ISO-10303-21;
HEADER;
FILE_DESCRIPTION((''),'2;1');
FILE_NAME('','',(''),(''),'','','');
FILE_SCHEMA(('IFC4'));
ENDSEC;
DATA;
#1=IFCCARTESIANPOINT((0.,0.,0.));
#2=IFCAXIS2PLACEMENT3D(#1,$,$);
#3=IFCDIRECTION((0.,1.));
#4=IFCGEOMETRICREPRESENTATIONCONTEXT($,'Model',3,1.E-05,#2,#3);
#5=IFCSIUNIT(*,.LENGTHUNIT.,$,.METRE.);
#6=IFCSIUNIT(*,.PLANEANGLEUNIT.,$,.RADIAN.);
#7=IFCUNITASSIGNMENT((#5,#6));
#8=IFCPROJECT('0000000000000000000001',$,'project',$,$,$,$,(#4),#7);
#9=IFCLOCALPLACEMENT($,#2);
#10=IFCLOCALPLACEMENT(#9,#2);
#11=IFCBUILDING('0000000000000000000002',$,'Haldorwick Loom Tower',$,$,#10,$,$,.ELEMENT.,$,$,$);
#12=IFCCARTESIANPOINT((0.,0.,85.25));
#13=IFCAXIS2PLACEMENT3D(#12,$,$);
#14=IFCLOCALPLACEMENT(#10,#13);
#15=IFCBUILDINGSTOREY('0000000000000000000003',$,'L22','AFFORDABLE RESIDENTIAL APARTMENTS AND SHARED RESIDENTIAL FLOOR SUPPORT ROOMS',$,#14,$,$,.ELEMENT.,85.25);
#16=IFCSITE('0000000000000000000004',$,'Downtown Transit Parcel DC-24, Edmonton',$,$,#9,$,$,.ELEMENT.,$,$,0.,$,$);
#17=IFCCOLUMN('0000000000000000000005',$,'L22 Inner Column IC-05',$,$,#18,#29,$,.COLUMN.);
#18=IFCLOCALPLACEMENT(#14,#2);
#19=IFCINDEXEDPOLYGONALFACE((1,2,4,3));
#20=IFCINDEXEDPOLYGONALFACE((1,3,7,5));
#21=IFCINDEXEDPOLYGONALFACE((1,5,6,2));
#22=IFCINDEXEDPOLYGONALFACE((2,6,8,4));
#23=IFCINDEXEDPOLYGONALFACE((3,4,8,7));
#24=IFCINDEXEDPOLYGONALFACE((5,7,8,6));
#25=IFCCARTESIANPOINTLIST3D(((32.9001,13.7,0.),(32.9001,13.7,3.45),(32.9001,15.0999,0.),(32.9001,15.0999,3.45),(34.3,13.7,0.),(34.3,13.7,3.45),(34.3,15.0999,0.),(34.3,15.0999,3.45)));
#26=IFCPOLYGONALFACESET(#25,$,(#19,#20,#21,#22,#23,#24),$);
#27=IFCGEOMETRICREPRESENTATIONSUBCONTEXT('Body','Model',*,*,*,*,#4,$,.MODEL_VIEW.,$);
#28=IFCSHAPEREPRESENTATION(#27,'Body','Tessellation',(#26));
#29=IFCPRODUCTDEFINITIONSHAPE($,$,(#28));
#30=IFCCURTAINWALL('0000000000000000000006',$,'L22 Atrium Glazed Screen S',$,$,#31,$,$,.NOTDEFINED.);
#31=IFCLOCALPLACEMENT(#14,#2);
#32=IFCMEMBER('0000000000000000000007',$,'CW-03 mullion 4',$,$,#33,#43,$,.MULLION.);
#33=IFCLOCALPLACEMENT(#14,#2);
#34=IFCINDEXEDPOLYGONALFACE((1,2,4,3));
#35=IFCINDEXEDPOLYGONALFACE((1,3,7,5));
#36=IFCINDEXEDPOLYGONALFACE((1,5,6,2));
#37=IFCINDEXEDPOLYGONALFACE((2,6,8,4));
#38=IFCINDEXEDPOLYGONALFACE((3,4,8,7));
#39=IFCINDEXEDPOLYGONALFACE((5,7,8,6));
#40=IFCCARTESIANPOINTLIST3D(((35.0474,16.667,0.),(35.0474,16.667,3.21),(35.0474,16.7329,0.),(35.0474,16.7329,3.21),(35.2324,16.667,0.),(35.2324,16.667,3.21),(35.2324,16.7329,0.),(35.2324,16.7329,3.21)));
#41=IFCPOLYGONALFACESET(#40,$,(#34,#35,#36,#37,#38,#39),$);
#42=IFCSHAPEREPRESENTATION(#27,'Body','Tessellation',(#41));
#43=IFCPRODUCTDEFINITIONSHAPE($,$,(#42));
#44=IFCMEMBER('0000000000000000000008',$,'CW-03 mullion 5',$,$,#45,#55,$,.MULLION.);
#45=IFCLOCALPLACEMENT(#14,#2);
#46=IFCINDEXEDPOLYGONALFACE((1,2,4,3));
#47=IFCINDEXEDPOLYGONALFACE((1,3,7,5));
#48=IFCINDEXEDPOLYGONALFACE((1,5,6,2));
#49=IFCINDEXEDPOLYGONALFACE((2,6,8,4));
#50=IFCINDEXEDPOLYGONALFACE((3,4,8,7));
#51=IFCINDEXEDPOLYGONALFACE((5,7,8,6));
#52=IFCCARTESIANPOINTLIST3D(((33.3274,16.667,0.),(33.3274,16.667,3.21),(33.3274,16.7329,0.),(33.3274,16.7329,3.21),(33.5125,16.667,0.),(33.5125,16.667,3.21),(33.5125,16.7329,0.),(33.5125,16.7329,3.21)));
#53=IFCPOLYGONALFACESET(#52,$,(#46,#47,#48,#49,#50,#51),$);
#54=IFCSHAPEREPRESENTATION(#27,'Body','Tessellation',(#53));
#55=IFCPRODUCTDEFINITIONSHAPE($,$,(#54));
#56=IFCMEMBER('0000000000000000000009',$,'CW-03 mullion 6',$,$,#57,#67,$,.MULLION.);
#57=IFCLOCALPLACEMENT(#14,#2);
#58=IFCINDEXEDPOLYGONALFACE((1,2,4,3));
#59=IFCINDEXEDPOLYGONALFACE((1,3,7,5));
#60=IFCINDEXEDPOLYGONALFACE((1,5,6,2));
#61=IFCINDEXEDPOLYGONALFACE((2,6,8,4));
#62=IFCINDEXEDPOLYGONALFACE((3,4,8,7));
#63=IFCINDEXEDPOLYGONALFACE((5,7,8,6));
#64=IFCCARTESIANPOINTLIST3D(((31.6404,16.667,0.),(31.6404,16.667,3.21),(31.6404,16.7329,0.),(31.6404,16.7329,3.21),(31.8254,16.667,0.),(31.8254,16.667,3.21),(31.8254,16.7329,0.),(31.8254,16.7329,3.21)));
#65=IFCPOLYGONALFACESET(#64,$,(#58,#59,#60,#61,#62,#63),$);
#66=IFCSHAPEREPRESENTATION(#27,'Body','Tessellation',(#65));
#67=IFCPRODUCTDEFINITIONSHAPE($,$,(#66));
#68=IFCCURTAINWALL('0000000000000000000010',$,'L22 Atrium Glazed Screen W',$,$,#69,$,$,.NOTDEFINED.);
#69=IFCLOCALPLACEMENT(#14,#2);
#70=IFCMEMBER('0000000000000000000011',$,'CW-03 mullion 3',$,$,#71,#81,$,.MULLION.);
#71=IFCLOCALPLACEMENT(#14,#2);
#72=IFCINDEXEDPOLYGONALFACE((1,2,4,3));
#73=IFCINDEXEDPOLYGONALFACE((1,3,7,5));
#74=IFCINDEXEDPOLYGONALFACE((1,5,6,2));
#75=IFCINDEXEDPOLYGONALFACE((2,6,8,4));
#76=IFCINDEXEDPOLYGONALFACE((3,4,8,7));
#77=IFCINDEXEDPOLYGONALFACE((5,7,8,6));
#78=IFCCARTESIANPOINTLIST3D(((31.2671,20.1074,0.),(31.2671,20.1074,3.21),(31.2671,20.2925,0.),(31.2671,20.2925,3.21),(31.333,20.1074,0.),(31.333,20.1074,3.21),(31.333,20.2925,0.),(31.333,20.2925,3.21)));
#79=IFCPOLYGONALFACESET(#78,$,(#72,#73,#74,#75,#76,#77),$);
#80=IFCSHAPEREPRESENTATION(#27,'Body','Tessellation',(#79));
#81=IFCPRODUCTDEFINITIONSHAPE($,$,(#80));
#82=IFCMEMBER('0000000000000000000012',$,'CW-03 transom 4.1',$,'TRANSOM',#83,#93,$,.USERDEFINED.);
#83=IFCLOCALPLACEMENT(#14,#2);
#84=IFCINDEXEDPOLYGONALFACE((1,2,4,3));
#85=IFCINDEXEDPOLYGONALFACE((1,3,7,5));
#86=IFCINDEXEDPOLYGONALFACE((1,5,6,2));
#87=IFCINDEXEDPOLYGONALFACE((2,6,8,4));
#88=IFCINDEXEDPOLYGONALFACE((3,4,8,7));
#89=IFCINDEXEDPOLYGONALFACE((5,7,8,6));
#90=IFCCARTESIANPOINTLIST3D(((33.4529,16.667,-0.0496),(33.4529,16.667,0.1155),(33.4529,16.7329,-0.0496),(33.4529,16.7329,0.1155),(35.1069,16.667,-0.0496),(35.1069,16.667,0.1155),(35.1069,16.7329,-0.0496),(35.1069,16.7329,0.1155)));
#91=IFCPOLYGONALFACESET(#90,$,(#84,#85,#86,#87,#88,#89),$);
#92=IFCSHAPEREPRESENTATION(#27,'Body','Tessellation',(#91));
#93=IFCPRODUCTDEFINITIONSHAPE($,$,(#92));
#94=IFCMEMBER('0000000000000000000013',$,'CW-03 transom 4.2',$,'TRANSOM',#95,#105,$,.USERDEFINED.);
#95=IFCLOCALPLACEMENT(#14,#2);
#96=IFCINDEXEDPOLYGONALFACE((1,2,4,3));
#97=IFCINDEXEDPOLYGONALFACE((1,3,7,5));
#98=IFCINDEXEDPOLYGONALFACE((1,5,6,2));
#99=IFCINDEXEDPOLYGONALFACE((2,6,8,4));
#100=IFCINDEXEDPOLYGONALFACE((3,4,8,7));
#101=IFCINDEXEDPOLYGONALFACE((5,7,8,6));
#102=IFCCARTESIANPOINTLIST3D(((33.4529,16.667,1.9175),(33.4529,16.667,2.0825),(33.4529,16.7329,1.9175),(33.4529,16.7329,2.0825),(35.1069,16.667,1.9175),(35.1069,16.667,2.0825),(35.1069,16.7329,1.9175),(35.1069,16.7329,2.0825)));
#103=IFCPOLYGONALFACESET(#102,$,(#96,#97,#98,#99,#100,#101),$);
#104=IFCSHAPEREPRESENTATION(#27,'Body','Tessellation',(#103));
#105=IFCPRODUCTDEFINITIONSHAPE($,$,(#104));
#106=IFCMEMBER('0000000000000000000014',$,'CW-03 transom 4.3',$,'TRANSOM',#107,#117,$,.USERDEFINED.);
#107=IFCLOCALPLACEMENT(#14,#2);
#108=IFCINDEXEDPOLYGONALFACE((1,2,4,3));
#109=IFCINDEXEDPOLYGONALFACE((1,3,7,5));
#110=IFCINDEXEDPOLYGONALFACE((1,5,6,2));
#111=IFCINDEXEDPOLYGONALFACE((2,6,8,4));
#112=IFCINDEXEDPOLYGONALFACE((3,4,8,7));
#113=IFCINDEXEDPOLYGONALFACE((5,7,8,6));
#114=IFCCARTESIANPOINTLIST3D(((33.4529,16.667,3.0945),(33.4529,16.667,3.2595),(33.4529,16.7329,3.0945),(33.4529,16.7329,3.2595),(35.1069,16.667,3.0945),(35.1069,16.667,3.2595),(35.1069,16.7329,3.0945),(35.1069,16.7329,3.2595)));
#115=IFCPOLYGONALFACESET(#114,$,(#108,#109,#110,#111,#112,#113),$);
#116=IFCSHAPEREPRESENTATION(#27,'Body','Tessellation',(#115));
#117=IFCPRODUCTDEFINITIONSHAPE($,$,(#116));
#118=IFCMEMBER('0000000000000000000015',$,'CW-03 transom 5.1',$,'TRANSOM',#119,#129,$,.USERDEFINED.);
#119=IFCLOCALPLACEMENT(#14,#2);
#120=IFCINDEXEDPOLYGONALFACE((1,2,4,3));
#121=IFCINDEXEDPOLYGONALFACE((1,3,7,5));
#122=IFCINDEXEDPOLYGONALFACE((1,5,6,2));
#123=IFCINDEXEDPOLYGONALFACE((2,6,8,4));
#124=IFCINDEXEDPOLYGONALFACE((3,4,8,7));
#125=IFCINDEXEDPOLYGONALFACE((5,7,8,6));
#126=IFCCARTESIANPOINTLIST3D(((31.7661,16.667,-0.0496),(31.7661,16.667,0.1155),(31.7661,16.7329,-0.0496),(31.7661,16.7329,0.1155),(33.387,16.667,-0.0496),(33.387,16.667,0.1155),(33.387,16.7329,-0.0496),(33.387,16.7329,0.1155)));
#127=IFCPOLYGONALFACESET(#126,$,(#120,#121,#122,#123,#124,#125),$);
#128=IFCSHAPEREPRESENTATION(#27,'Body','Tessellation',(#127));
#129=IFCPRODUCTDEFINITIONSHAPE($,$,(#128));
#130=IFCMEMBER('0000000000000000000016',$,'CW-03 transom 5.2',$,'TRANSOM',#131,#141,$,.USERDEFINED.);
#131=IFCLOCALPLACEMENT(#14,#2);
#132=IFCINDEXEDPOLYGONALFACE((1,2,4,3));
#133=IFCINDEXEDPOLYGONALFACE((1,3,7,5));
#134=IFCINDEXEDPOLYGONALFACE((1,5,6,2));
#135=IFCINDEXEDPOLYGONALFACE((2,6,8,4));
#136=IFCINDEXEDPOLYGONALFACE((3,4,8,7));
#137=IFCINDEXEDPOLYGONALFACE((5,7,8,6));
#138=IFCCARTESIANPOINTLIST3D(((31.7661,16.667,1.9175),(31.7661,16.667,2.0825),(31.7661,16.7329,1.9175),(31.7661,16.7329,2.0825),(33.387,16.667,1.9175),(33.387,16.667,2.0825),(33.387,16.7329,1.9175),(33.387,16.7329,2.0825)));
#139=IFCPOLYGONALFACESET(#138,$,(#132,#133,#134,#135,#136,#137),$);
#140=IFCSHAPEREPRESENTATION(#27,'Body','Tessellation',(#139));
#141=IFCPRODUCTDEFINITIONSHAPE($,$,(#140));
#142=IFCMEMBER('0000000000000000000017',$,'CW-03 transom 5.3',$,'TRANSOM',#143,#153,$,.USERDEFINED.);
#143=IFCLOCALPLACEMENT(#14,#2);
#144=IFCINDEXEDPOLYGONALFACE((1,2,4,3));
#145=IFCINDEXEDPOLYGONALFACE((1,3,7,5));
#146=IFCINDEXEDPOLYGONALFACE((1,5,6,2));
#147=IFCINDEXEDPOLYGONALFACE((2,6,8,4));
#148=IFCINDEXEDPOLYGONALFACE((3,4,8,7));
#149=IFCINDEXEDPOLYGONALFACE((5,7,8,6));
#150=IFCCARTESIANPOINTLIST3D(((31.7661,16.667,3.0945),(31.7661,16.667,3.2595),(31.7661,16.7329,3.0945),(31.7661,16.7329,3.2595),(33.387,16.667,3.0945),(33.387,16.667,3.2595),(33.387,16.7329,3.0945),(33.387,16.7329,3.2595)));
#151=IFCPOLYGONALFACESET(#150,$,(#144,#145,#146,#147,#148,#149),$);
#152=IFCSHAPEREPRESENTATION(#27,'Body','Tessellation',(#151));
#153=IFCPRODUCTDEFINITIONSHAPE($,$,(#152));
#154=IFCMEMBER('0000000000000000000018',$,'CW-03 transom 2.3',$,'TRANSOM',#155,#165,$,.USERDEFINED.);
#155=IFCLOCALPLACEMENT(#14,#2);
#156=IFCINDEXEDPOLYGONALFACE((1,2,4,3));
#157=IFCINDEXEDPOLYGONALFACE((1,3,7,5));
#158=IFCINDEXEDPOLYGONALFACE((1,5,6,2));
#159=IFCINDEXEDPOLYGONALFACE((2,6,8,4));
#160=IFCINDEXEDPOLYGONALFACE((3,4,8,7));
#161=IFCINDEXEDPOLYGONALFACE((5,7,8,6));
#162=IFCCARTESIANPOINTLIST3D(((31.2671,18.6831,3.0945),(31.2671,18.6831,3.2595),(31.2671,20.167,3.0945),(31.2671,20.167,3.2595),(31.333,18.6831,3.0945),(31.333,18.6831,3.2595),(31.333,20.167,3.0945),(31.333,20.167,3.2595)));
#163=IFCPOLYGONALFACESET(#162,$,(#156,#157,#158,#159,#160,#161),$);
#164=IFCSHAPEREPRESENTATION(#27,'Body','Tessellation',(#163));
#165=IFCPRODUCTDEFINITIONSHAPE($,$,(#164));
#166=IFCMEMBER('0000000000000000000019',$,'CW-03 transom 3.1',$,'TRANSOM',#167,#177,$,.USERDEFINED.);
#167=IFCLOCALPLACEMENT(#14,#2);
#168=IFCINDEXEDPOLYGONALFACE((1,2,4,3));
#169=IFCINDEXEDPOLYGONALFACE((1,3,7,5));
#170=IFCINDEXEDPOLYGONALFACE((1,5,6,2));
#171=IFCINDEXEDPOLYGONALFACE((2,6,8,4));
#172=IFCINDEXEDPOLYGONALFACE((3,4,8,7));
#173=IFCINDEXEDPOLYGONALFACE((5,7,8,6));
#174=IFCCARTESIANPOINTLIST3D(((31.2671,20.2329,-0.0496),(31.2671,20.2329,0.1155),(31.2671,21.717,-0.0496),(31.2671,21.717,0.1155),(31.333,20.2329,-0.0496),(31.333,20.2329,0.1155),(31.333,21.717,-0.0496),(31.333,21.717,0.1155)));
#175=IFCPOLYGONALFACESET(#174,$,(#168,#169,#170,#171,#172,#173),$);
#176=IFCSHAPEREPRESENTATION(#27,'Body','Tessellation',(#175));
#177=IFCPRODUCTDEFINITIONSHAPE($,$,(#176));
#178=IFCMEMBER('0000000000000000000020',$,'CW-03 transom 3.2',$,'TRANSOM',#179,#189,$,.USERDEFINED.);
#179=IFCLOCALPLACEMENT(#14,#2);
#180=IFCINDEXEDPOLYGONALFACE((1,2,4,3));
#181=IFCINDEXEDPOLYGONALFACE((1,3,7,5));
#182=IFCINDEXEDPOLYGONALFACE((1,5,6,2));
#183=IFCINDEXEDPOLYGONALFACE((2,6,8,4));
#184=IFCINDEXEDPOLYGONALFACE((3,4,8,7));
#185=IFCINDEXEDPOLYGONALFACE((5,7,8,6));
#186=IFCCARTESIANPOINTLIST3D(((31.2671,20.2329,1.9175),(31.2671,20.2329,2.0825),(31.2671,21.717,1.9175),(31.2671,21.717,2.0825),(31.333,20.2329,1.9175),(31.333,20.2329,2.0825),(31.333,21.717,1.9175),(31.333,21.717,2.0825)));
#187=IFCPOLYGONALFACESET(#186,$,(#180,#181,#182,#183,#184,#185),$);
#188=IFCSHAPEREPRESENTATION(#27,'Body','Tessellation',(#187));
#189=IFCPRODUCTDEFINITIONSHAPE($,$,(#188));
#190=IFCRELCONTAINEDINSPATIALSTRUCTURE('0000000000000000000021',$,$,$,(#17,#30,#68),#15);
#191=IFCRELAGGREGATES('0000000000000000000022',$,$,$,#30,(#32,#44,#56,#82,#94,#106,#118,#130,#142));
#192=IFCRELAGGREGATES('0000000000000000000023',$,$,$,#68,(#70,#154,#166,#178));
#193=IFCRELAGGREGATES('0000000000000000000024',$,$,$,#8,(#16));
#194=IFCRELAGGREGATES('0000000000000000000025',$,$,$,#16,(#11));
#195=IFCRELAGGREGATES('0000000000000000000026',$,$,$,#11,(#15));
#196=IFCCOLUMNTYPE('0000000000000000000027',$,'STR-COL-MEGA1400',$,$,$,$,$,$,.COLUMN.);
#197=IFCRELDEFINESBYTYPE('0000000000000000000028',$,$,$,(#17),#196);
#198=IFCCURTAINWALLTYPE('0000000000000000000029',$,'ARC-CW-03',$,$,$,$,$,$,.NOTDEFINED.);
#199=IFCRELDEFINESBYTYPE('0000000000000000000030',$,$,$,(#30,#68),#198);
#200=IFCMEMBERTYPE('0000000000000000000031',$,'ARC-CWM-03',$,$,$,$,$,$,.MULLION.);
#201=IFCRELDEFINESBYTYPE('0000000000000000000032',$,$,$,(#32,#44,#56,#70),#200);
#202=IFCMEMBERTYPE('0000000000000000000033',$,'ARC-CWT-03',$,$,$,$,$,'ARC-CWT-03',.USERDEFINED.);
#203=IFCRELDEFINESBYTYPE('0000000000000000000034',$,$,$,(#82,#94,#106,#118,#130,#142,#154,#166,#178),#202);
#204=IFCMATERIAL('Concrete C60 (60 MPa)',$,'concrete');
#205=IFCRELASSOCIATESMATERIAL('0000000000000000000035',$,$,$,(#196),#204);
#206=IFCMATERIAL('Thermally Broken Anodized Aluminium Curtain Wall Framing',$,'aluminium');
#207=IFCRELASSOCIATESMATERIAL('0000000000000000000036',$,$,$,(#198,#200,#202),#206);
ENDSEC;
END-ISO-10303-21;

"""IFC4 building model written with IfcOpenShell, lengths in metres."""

from ifc_helpers import new_model, si_unit, direction, frame, origin, origin_2d, place, context, subcontext, project, spatial, rectangle, extrude, material, material_profile, profile_set, type_object, element, aggregate, save


model = new_model("IFC4")

# Units and contexts
model_context = context("Model", 3, precision=1e-05, world=origin(), true_north=direction((0.0, 1.0)))
body_context = subcontext(model_context, "Body", "Model", "MODEL_VIEW")
ifc_project = project(units=[si_unit("LENGTHUNIT", "METRE"), si_unit("PLANEANGLEUNIT", "RADIAN")], contexts=[model_context])

# Site, building, storey
site_placement = place(None, origin())
site = spatial("IfcSite", under=ifc_project, at=site_placement, Name="Downtown Transit Parcel DC-24, Edmonton", CompositionType="ELEMENT", RefElevation=0.0)
building_placement = place(site_placement, origin())
building = spatial("IfcBuilding", under=site, at=building_placement, Name="Haldorwick Loom Tower", CompositionType="ELEMENT")
storey_placement = place(building_placement, frame((0.0, 0.0, 85.25)))
storey = spatial("IfcBuildingStorey", under=building, at=storey_placement, Name="L22", Description="AFFORDABLE RESIDENTIAL APARTMENTS AND SHARED RESIDENTIAL FLOOR SUPPORT ROOMS", CompositionType="ELEMENT", Elevation=85.25)

# Column
ifc_material_1 = material(Name="Concrete C60 (60 MPa)", Category="concrete")
ifc_material_profile_1 = material_profile(ifc_material_1, rectangle(XDim=1.3999, YDim=1.3999, at=origin_2d()), Name="RC1400X1400", Category="concrete")
ifc_profile_set_1 = profile_set([ifc_material_profile_1], Name="Concrete C60 (60 MPa)")
column_type = type_object("IfcColumnType", Name="STR-COL-MEGA1400", PredefinedType="COLUMN", material=ifc_profile_set_1)
column_placement = place(storey_placement, frame((33.6001, 14.3999, 0.0), z_axis=(0.0, 0.0, 1.0), x_axis=(1.0, 0.0, 0.0)))
element("IfcColumn", 1, at=column_placement, inside=storey, type_object=column_type, Name="L22 Inner Column IC-05", PredefinedType="COLUMN", context=body_context, shape_type="SweptSolid", body=[
    extrude(rectangle(XDim=1.3999, YDim=1.3999, at=origin_2d()), origin(), (0.0, 0.0, 1.0), 3.45),
])

# Curtain wall, members
ifc_material_2 = material(Name="Thermally Broken Anodized Aluminium Curtain Wall Framing", Category="aluminium")
curtain_wall_type = type_object("IfcCurtainWallType", Name="ARC-CW-03", PredefinedType="NOTDEFINED", material=ifc_material_2)
curtain_wall_1_placement = place(storey_placement, origin())
curtain_wall_1 = element("IfcCurtainWall", 2, at=curtain_wall_1_placement, inside=storey, type_object=curtain_wall_type, Name="L22 Atrium Glazed Screen S", PredefinedType="NOTDEFINED")
ifc_material_profile_2 = material_profile(ifc_material_2, rectangle(XDim=0.0659, YDim=0.1851, at=origin_2d()), Name="ALU_MUL_66X185", Category="aluminium")
ifc_profile_set_2 = profile_set([ifc_material_profile_2], Name="Thermally Broken Anodized Aluminium Curtain Wall Framing")
member_type_1 = type_object("IfcMemberType", Name="ARC-CWM-03", PredefinedType="MULLION", material=ifc_profile_set_2)
member_1_placement = place(storey_placement, frame((35.1399, 16.7, 0.0), z_axis=(0.0, 0.0, 1.0), x_axis=(0.0, -1.0, 0.0)))
member_1 = element("IfcMember", 3, at=member_1_placement, type_object=member_type_1, Name="CW-03 mullion 4", PredefinedType="MULLION", context=body_context, shape_type="SweptSolid", body=[
    extrude(rectangle(XDim=0.0659, YDim=0.1851, at=origin_2d()), origin(), (0.0, 0.0, 1.0), 3.21),
])
member_2_placement = place(storey_placement, frame((33.4199, 16.7, 0.0), z_axis=(0.0, 0.0, 1.0), x_axis=(0.0, -1.0, 0.0)))
member_2 = element("IfcMember", 4, at=member_2_placement, type_object=member_type_1, Name="CW-03 mullion 5", PredefinedType="MULLION", context=body_context, shape_type="SweptSolid", body=[
    extrude(rectangle(XDim=0.0659, YDim=0.1851, at=origin_2d()), origin(), (0.0, 0.0, 1.0), 3.21),
])
member_3_placement = place(storey_placement, frame((31.7329, 16.7, 0.0), z_axis=(0.0, 0.0, 1.0), x_axis=(0.0, -1.0, 0.0)))
member_3 = element("IfcMember", 5, at=member_3_placement, type_object=member_type_1, Name="CW-03 mullion 6", PredefinedType="MULLION", context=body_context, shape_type="SweptSolid", body=[
    extrude(rectangle(XDim=0.0659, YDim=0.1851, at=origin_2d()), origin(), (0.0, 0.0, 1.0), 3.21),
])

# Curtain wall, member
curtain_wall_2_placement = place(storey_placement, origin())
curtain_wall_2 = element("IfcCurtainWall", 6, at=curtain_wall_2_placement, inside=storey, type_object=curtain_wall_type, Name="L22 Atrium Glazed Screen W", PredefinedType="NOTDEFINED")
member_4_placement = place(storey_placement, frame((31.3, 20.2, 0.0), z_axis=(0.0, 0.0, 1.0), x_axis=(-1.0, 0.0, 0.0)))
member_4 = element("IfcMember", 7, at=member_4_placement, type_object=member_type_1, Name="CW-03 mullion 3", PredefinedType="MULLION", context=body_context, shape_type="SweptSolid", body=[
    extrude(rectangle(XDim=0.0659, YDim=0.1851, at=origin_2d()), origin(), (0.0, 0.0, 1.0), 3.21),
])

# Members
ifc_material_profile_3 = material_profile(ifc_material_2, rectangle(XDim=0.0659, YDim=0.165, at=origin_2d()), Name="ALU_TRN_66X165", Category="aluminium")
ifc_profile_set_3 = profile_set([ifc_material_profile_3], Name="Thermally Broken Anodized Aluminium Curtain Wall Framing")
member_type_2 = type_object("IfcMemberType", Name="ARC-CWT-03", ElementType="ARC-CWT-03", PredefinedType="USERDEFINED", material=ifc_profile_set_3)
member_5_placement = place(storey_placement, frame((35.1069, 16.7, 0.033), z_axis=(-1.0, 0.0, 0.0), x_axis=(0.0, -1.0, 0.0)))
member_5 = element("IfcMember", 8, at=member_5_placement, type_object=member_type_2, Name="CW-03 transom 4.1", ObjectType="TRANSOM", PredefinedType="USERDEFINED", context=body_context, shape_type="SweptSolid", body=[
    extrude(rectangle(XDim=0.0659, YDim=0.165, at=origin_2d()), origin(), (0.0, 0.0, 1.0), 1.6541),
])
member_6_placement = place(storey_placement, frame((35.1069, 16.7, 2.0), z_axis=(-1.0, 0.0, 0.0), x_axis=(0.0, -1.0, 0.0)))
member_6 = element("IfcMember", 9, at=member_6_placement, type_object=member_type_2, Name="CW-03 transom 4.2", ObjectType="TRANSOM", PredefinedType="USERDEFINED", context=body_context, shape_type="SweptSolid", body=[
    extrude(rectangle(XDim=0.0659, YDim=0.165, at=origin_2d()), origin(), (0.0, 0.0, 1.0), 1.6541),
])
member_7_placement = place(storey_placement, frame((35.1069, 16.7, 3.177), z_axis=(-1.0, 0.0, 0.0), x_axis=(0.0, -1.0, 0.0)))
member_7 = element("IfcMember", 10, at=member_7_placement, type_object=member_type_2, Name="CW-03 transom 4.3", ObjectType="TRANSOM", PredefinedType="USERDEFINED", context=body_context, shape_type="SweptSolid", body=[
    extrude(rectangle(XDim=0.0659, YDim=0.165, at=origin_2d()), origin(), (0.0, 0.0, 1.0), 1.6541),
])
member_8_placement = place(storey_placement, frame((33.387, 16.7, 0.033), z_axis=(-1.0, 0.0, 0.0), x_axis=(0.0, -1.0, 0.0)))
member_8 = element("IfcMember", 11, at=member_8_placement, type_object=member_type_2, Name="CW-03 transom 5.1", ObjectType="TRANSOM", PredefinedType="USERDEFINED", context=body_context, shape_type="SweptSolid", body=[
    extrude(rectangle(XDim=0.0659, YDim=0.165, at=origin_2d()), origin(), (0.0, 0.0, 1.0), 1.6208),
])
member_9_placement = place(storey_placement, frame((33.387, 16.7, 2.0), z_axis=(-1.0, 0.0, 0.0), x_axis=(0.0, -1.0, 0.0)))
member_9 = element("IfcMember", 12, at=member_9_placement, type_object=member_type_2, Name="CW-03 transom 5.2", ObjectType="TRANSOM", PredefinedType="USERDEFINED", context=body_context, shape_type="SweptSolid", body=[
    extrude(rectangle(XDim=0.0659, YDim=0.165, at=origin_2d()), origin(), (0.0, 0.0, 1.0), 1.6208),
])
member_10_placement = place(storey_placement, frame((33.387, 16.7, 3.177), z_axis=(-1.0, 0.0, 0.0), x_axis=(0.0, -1.0, 0.0)))
member_10 = element("IfcMember", 13, at=member_10_placement, type_object=member_type_2, Name="CW-03 transom 5.3", ObjectType="TRANSOM", PredefinedType="USERDEFINED", context=body_context, shape_type="SweptSolid", body=[
    extrude(rectangle(XDim=0.0659, YDim=0.165, at=origin_2d()), origin(), (0.0, 0.0, 1.0), 1.6208),
])
member_11_placement = place(storey_placement, frame((31.3, 18.6831, 3.177), z_axis=(0.0, 1.0, 0.0), x_axis=(-1.0, 0.0, 0.0)))
member_11 = element("IfcMember", 14, at=member_11_placement, type_object=member_type_2, Name="CW-03 transom 2.3", ObjectType="TRANSOM", PredefinedType="USERDEFINED", context=body_context, shape_type="SweptSolid", body=[
    extrude(rectangle(XDim=0.0659, YDim=0.165, at=origin_2d()), origin(), (0.0, 0.0, 1.0), 1.4839),
])
member_12_placement = place(storey_placement, frame((31.3, 20.2329, 0.033), z_axis=(0.0, 1.0, 0.0), x_axis=(-1.0, 0.0, 0.0)))
member_12 = element("IfcMember", 15, at=member_12_placement, type_object=member_type_2, Name="CW-03 transom 3.1", ObjectType="TRANSOM", PredefinedType="USERDEFINED", context=body_context, shape_type="SweptSolid", body=[
    extrude(rectangle(XDim=0.0659, YDim=0.165, at=origin_2d()), origin(), (0.0, 0.0, 1.0), 1.4841),
])
member_13_placement = place(storey_placement, frame((31.3, 20.2329, 2.0), z_axis=(0.0, 1.0, 0.0), x_axis=(-1.0, 0.0, 0.0)))
member_13 = element("IfcMember", 16, at=member_13_placement, type_object=member_type_2, Name="CW-03 transom 3.2", ObjectType="TRANSOM", PredefinedType="USERDEFINED", context=body_context, shape_type="SweptSolid", body=[
    extrude(rectangle(XDim=0.0659, YDim=0.165, at=origin_2d()), origin(), (0.0, 0.0, 1.0), 1.4841),
])

aggregate(curtain_wall_1, [member_1, member_2, member_3, member_5, member_6, member_7, member_8, member_9, member_10])
aggregate(curtain_wall_2, [member_4, member_11, member_12, member_13])

save(model, "model.ifc")
